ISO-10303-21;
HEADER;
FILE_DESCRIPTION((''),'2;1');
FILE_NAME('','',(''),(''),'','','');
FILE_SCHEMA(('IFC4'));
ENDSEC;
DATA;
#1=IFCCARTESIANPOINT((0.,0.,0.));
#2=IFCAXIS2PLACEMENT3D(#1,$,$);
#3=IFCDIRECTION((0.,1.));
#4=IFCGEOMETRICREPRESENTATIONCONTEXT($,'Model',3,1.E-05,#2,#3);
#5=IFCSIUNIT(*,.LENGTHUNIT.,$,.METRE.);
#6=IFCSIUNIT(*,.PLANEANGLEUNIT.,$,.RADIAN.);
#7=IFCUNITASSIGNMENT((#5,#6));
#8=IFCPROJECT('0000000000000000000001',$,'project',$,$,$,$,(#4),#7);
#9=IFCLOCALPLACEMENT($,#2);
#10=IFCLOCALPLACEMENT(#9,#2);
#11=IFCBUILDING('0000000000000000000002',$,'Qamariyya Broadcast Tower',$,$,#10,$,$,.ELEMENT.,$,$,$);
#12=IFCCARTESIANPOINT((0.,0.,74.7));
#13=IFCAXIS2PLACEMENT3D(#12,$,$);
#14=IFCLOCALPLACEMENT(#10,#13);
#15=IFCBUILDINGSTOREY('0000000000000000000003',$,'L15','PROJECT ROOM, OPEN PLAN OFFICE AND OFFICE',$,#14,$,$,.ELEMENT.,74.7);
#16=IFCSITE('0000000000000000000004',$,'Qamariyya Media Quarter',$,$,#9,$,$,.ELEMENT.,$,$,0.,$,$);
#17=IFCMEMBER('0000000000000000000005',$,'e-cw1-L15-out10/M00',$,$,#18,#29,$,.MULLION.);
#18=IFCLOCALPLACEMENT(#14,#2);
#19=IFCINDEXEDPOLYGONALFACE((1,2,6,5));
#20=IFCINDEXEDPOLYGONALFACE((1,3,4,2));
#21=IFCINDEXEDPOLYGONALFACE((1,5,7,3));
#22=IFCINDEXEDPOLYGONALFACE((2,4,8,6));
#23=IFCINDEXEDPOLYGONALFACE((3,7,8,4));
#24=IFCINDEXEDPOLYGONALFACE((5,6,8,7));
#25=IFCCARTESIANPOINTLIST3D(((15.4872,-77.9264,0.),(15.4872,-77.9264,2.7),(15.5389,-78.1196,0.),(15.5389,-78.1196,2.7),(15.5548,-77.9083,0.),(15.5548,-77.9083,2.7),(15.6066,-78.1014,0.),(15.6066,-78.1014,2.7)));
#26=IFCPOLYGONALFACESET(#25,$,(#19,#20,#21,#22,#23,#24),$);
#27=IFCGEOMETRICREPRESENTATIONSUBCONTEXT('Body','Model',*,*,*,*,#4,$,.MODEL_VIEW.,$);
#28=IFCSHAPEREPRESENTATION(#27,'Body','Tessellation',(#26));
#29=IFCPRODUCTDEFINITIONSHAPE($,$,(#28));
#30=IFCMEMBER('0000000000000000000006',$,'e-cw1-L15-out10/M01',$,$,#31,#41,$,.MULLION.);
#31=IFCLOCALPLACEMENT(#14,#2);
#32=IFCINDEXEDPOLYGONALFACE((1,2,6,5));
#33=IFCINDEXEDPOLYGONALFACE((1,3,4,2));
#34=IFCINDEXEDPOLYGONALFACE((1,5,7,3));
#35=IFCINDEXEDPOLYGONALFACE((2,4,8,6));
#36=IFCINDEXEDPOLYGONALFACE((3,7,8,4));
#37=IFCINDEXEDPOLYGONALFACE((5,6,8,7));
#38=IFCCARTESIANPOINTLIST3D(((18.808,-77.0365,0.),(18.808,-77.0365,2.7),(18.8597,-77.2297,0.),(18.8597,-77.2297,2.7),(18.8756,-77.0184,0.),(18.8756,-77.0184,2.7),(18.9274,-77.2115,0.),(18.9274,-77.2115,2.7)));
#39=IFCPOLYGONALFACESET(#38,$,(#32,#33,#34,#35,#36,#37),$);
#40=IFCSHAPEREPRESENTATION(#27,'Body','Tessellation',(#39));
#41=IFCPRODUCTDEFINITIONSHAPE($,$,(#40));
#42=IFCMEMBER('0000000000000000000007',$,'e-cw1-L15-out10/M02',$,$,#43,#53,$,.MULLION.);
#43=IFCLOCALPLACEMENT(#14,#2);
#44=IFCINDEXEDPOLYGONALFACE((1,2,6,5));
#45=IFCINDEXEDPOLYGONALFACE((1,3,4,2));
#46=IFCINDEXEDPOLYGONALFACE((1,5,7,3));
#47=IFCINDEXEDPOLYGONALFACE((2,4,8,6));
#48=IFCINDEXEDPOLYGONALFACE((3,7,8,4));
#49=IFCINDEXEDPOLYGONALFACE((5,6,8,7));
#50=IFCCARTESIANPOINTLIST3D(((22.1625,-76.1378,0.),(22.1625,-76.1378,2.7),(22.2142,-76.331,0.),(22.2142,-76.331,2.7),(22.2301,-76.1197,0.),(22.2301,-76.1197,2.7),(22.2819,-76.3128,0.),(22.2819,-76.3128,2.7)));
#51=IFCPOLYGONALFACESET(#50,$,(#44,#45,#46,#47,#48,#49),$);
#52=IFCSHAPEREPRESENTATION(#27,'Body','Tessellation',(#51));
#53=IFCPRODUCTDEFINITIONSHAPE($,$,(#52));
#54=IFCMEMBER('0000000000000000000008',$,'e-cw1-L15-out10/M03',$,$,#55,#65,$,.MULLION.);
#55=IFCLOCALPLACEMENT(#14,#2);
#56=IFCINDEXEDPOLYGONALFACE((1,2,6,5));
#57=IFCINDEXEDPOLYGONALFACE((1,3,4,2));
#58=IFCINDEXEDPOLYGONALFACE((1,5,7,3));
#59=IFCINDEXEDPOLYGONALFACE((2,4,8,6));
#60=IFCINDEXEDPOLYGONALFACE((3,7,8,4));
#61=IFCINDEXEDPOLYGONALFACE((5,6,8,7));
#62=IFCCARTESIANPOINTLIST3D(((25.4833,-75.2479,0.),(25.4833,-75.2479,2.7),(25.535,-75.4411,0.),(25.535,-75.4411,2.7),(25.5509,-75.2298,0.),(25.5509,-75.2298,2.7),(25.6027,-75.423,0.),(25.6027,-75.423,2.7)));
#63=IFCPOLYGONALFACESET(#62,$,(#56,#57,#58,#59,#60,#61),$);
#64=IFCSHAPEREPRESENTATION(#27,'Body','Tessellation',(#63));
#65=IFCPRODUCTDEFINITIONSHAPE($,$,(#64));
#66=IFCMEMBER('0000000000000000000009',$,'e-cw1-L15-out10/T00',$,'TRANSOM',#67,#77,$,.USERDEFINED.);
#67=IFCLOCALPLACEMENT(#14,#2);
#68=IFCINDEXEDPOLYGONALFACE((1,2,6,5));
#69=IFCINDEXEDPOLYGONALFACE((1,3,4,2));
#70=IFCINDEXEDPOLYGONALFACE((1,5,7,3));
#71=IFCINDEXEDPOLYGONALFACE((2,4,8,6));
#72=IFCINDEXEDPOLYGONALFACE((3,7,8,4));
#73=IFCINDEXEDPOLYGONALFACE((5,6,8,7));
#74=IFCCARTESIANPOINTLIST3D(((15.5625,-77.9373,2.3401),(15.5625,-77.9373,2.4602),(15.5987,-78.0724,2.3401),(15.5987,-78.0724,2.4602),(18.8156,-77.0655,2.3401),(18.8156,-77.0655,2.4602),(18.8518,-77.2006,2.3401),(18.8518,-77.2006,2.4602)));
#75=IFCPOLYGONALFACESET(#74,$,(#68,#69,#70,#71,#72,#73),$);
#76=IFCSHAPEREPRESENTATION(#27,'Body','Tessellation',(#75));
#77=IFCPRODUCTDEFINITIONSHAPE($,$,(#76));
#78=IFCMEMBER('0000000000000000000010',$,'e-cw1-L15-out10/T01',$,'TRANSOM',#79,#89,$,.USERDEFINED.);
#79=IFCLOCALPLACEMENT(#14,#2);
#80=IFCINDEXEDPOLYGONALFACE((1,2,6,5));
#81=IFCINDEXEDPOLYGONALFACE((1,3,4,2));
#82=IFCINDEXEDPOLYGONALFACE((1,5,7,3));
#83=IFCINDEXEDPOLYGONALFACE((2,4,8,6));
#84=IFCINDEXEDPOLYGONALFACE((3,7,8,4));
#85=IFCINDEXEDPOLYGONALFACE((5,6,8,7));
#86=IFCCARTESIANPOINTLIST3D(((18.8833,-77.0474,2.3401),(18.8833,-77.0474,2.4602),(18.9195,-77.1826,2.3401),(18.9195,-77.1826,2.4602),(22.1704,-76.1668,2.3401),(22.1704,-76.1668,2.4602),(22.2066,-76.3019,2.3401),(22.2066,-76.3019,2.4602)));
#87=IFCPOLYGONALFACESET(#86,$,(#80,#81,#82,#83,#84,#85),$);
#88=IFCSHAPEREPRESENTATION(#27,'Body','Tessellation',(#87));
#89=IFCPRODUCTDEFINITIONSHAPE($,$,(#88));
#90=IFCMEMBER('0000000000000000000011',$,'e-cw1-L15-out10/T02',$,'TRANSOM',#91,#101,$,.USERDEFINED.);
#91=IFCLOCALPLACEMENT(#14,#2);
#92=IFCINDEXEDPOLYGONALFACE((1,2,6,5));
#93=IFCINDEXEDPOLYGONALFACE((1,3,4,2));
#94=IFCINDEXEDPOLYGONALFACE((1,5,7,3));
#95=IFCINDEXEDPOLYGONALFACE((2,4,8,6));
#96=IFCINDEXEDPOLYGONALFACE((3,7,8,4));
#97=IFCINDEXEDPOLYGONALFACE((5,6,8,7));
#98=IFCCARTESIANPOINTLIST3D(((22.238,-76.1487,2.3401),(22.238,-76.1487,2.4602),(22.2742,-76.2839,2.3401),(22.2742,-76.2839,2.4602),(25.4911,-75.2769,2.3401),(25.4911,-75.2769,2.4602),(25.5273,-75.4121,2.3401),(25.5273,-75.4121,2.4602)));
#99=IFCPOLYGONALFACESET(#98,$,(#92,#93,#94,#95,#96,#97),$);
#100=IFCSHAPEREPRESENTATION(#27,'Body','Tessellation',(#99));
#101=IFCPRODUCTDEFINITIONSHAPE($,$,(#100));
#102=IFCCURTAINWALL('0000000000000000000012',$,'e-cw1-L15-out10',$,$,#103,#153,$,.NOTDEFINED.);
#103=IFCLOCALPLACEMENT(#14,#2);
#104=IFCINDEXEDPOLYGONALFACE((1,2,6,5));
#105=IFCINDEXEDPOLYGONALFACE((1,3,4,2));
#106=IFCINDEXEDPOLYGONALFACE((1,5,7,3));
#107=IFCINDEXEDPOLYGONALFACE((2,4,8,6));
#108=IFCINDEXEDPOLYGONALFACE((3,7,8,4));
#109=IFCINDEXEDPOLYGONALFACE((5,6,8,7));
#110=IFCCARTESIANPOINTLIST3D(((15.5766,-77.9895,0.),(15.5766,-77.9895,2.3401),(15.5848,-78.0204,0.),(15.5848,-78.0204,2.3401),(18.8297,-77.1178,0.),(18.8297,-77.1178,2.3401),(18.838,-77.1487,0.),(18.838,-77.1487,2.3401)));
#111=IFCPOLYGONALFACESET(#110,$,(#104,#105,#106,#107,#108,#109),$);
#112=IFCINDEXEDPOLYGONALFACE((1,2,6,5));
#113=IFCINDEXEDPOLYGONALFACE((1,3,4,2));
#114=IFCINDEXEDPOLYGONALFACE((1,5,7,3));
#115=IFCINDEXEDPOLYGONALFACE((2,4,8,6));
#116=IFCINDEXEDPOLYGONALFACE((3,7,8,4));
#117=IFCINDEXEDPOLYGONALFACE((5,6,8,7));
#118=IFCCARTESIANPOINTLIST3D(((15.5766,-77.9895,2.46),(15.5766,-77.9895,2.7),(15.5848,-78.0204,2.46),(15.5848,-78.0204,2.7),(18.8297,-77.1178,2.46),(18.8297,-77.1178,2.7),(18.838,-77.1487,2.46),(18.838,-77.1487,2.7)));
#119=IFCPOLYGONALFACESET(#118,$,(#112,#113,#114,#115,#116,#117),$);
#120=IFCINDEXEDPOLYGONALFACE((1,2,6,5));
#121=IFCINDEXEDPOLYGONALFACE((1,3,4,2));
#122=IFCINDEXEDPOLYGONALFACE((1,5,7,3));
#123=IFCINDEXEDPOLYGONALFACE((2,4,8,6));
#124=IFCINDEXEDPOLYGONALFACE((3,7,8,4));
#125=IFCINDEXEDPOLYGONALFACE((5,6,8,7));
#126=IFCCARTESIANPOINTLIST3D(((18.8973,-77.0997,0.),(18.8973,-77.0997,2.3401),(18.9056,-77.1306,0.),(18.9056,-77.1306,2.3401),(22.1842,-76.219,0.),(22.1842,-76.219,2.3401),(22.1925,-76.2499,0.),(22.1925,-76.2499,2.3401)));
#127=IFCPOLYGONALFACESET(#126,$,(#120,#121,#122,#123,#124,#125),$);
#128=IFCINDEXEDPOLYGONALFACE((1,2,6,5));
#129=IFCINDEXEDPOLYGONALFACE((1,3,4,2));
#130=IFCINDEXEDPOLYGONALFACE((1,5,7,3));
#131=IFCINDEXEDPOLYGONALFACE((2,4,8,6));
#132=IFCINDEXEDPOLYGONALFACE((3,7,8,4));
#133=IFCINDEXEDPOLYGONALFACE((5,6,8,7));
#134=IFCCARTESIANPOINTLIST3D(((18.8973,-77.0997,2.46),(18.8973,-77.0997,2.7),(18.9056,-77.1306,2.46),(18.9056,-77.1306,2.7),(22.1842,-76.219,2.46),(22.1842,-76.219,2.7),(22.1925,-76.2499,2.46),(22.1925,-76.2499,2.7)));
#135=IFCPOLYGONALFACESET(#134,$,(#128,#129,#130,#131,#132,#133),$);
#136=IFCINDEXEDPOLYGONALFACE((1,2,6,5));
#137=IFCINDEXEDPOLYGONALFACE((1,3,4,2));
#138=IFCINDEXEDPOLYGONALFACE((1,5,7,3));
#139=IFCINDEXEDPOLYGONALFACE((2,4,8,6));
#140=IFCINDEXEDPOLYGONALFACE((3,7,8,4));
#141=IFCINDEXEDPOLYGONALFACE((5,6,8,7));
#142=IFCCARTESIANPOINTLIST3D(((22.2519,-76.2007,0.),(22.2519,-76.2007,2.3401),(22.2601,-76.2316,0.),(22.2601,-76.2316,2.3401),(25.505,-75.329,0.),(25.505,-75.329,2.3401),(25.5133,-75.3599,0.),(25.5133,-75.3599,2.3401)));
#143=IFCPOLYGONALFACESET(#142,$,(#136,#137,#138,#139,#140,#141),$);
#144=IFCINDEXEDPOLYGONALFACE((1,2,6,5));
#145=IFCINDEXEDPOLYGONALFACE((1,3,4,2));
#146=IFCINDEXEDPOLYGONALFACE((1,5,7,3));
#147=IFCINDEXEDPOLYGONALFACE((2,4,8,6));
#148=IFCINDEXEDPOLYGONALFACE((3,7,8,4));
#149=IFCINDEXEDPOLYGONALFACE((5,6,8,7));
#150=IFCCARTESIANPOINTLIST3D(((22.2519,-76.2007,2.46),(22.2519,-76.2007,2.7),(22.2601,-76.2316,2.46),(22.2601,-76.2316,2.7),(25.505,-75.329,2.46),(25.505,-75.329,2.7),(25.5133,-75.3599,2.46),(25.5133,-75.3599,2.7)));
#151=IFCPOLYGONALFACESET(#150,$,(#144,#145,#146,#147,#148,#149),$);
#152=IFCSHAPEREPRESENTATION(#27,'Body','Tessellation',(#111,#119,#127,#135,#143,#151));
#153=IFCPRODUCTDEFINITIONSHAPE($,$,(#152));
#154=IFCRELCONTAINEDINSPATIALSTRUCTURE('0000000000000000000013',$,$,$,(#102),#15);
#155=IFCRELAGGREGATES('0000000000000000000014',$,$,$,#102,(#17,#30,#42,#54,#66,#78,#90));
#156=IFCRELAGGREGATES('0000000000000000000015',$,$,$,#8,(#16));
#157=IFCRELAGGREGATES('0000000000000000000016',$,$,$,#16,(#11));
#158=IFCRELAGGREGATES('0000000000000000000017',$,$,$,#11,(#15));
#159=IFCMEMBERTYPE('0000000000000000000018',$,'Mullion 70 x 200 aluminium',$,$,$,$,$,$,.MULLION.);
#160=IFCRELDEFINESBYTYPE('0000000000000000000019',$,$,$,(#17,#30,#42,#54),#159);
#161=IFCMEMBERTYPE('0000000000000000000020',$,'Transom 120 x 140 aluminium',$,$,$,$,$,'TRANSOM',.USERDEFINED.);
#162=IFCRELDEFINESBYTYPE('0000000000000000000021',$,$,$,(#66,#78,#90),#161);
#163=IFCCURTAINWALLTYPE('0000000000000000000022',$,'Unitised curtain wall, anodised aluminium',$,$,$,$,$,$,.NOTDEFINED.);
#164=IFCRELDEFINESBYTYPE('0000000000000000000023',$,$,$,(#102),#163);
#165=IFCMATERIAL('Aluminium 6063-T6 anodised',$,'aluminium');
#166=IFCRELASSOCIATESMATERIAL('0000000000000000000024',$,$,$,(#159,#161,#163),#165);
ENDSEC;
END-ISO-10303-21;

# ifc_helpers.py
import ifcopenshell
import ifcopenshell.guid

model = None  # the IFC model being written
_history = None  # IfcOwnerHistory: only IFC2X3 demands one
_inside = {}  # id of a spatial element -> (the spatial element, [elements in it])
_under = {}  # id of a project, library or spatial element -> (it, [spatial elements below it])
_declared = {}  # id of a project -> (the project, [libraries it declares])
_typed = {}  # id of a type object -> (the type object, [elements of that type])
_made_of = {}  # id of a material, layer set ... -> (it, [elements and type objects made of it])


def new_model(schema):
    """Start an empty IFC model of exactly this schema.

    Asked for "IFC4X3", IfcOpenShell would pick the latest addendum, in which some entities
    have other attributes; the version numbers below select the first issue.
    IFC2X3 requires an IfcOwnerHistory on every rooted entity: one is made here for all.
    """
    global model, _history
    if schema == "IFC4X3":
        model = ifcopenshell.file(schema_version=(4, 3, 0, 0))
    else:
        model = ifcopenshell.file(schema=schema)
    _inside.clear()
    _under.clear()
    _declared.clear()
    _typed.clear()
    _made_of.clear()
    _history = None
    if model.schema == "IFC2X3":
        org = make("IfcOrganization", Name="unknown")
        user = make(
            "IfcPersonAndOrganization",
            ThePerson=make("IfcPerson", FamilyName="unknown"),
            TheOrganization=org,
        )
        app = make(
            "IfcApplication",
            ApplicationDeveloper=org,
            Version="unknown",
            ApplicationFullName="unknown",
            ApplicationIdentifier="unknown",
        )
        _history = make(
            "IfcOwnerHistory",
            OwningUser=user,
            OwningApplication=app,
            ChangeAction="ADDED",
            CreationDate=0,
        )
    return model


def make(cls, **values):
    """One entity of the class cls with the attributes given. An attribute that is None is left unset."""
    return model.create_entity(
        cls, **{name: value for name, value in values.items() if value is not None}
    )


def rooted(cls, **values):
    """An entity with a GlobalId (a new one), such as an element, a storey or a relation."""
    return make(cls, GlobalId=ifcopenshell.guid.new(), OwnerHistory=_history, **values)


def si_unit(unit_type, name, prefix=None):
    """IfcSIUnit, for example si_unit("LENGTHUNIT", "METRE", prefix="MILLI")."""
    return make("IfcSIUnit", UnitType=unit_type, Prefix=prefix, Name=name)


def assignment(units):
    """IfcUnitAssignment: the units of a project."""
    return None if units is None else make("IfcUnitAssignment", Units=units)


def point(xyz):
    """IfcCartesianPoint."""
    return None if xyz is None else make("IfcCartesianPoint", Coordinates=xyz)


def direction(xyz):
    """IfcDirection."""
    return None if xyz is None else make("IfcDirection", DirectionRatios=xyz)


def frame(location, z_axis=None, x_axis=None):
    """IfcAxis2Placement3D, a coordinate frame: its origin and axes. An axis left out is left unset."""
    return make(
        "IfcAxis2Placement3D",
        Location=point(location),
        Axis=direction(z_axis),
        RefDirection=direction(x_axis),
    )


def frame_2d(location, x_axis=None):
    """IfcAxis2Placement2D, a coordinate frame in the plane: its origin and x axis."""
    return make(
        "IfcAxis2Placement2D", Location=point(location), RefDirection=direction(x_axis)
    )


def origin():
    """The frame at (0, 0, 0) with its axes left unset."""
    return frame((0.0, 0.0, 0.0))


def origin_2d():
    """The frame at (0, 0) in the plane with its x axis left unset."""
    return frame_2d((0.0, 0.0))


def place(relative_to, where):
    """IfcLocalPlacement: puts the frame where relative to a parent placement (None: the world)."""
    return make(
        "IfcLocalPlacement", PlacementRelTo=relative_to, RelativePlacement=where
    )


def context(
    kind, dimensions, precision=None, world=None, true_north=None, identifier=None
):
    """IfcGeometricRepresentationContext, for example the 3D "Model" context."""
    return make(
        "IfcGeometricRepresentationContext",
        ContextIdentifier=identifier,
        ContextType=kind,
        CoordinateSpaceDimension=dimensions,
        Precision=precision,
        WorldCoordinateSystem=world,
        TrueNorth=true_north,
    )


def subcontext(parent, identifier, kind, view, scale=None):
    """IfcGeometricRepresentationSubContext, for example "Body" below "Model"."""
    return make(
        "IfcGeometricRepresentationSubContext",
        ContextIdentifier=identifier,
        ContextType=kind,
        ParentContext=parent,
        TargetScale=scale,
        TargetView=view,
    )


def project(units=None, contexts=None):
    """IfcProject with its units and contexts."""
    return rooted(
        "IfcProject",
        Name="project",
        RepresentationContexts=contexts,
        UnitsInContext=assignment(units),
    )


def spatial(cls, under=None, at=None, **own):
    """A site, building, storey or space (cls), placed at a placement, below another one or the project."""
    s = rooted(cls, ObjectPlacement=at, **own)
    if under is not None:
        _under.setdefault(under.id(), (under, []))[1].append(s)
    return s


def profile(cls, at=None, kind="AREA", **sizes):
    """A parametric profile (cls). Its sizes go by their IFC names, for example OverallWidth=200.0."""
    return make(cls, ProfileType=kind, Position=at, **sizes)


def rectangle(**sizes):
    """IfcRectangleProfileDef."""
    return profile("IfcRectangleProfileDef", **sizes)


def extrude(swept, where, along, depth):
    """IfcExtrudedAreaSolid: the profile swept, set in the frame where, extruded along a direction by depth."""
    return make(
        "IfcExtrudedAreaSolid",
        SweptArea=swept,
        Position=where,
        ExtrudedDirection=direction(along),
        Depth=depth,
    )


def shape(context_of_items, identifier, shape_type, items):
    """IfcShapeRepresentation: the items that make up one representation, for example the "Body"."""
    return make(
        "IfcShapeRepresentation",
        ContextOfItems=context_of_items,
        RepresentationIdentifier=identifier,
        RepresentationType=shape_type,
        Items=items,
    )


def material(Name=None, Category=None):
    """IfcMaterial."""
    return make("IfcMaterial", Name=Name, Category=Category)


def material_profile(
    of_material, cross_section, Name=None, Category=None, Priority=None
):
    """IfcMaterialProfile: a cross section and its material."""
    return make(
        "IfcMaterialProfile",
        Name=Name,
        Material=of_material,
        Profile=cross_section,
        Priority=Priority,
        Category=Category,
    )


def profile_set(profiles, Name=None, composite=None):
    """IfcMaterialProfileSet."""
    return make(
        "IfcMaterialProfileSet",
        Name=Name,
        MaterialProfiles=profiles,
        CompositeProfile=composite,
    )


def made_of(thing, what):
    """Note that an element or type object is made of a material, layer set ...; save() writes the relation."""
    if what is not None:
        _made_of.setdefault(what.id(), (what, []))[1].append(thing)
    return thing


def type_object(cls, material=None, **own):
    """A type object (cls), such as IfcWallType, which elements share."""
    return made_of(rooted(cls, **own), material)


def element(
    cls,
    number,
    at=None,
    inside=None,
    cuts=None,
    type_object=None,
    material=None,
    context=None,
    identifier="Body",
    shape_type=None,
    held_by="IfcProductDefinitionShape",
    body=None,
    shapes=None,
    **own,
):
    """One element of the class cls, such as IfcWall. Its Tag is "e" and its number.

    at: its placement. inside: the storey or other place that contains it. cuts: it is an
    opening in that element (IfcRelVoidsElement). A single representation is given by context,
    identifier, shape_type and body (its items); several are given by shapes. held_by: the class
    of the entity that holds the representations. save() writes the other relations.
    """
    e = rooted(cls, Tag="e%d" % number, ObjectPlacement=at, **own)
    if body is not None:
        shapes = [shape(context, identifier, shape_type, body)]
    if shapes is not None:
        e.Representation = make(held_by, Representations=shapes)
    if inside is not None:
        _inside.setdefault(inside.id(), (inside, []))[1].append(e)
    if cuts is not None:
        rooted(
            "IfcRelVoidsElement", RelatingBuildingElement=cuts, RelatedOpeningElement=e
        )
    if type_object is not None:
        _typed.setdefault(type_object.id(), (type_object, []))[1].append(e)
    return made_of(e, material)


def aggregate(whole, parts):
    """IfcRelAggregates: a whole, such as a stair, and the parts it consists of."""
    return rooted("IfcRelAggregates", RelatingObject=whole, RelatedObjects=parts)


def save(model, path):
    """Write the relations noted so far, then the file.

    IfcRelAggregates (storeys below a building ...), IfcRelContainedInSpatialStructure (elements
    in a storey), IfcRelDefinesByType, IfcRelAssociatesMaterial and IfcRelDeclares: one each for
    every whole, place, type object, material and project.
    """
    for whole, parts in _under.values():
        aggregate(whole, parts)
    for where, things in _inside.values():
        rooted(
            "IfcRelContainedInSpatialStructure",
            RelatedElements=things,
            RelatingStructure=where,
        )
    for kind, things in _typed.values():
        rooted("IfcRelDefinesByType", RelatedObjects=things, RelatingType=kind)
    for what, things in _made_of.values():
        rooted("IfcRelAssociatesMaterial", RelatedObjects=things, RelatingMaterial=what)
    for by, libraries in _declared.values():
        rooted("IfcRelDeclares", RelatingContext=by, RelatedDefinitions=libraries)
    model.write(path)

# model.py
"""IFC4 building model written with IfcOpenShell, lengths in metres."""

from ifc_helpers import new_model, si_unit, direction, frame, origin, origin_2d, place, context, subcontext, project, spatial, rectangle, extrude, material, material_profile, profile_set, type_object, element, aggregate, save


model = new_model("IFC4")

# Units and contexts
model_context = context("Model", 3, precision=1e-05, world=origin(), true_north=direction((0.0, 1.0)))
body_context = subcontext(model_context, "Body", "Model", "MODEL_VIEW")
ifc_project = project(units=[si_unit("LENGTHUNIT", "METRE"), si_unit("PLANEANGLEUNIT", "RADIAN")], contexts=[model_context])

# Members
ifc_material = material(Name="Aluminium 6063-T6 anodised", Category="aluminium")
ifc_material_profile_1 = material_profile(ifc_material, rectangle(XDim=0.2, YDim=0.0701, at=origin_2d()))
ifc_profile_set_1 = profile_set([ifc_material_profile_1], Name="Aluminium 6063-T6 anodised")
member_type_1 = type_object("IfcMemberType", Name="Mullion 70 x 200 aluminium", PredefinedType="MULLION", material=ifc_profile_set_1)
site_placement = place(None, origin())
building_placement = place(site_placement, origin())
storey_placement = place(building_placement, frame((0.0, 0.0, 74.7)))
member_1_placement = place(storey_placement, frame((15.5469, -78.0139, 0.0), z_axis=(0.0, 0.0, 1.0), x_axis=(-0.258819, 0.965926, 0.0)))
member_1 = element("IfcMember", 1, at=member_1_placement, type_object=member_type_1, Name="e-cw1-L15-out10/M00", PredefinedType="MULLION", context=body_context, shape_type="SweptSolid", body=[
    extrude(rectangle(XDim=0.2, YDim=0.0701, at=origin_2d()), origin(), (0.0, 0.0, 1.0), 2.7),
])
member_2_placement = place(storey_placement, frame((18.8677, -77.124, 0.0), z_axis=(0.0, 0.0, 1.0), x_axis=(-0.258819, 0.965926, 0.0)))
member_2 = element("IfcMember", 2, at=member_2_placement, type_object=member_type_1, Name="e-cw1-L15-out10/M01", PredefinedType="MULLION", context=body_context, shape_type="SweptSolid", body=[
    extrude(rectangle(XDim=0.2, YDim=0.0701, at=origin_2d()), origin(), (0.0, 0.0, 1.0), 2.7),
])
member_3_placement = place(storey_placement, frame((22.2222, -76.2253, 0.0), z_axis=(0.0, 0.0, 1.0), x_axis=(-0.258819, 0.965926, 0.0)))
member_3 = element("IfcMember", 3, at=member_3_placement, type_object=member_type_1, Name="e-cw1-L15-out10/M02", PredefinedType="MULLION", context=body_context, shape_type="SweptSolid", body=[
    extrude(rectangle(XDim=0.2, YDim=0.0701, at=origin_2d()), origin(), (0.0, 0.0, 1.0), 2.7),
])
member_4_placement = place(storey_placement, frame((25.543, -75.3354, 0.0), z_axis=(0.0, 0.0, 1.0), x_axis=(-0.258819, 0.965926, 0.0)))
member_4 = element("IfcMember", 4, at=member_4_placement, type_object=member_type_1, Name="e-cw1-L15-out10/M03", PredefinedType="MULLION", context=body_context, shape_type="SweptSolid", body=[
    extrude(rectangle(XDim=0.2, YDim=0.0701, at=origin_2d()), origin(), (0.0, 0.0, 1.0), 2.7),
])
ifc_material_profile_2 = material_profile(ifc_material, rectangle(XDim=0.1399, YDim=0.1201, at=origin_2d()))
ifc_profile_set_2 = profile_set([ifc_material_profile_2], Name="Aluminium 6063-T6 anodised")
member_type_2 = type_object("IfcMemberType", Name="Transom 120 x 140 aluminium", ElementType="TRANSOM", PredefinedType="USERDEFINED", material=ifc_profile_set_2)
member_5_placement = place(storey_placement, frame((15.5806, -78.0049, 2.4001), z_axis=(0.965915, 0.258858, 0.0), x_axis=(-0.258858, 0.965915, 0.0)))
member_5 = element("IfcMember", 5, at=member_5_placement, type_object=member_type_2, Name="e-cw1-L15-out10/T00", ObjectType="TRANSOM", PredefinedType="USERDEFINED", context=body_context, shape_type="SweptSolid", body=[
    extrude(rectangle(XDim=0.1399, YDim=0.1201, at=origin_2d()), origin(), (0.0, 0.0, 1.0), 3.3679),
])
member_6_placement = place(storey_placement, frame((18.9014, -77.115, 2.4001), z_axis=(0.965938, 0.258774, 0.0), x_axis=(-0.258774, 0.965938, 0.0)))
member_6 = element("IfcMember", 6, at=member_6_placement, type_object=member_type_2, Name="e-cw1-L15-out10/T01", ObjectType="TRANSOM", PredefinedType="USERDEFINED", context=body_context, shape_type="SweptSolid", body=[
    extrude(rectangle(XDim=0.1399, YDim=0.1201, at=origin_2d()), origin(), (0.0, 0.0, 1.0), 3.4031),
])
member_7_placement = place(storey_placement, frame((22.2561, -76.2163, 2.4001), z_axis=(0.965915, 0.258858, 0.0), x_axis=(-0.258858, 0.965915, 0.0)))
member_7 = element("IfcMember", 7, at=member_7_placement, type_object=member_type_2, Name="e-cw1-L15-out10/T02", ObjectType="TRANSOM", PredefinedType="USERDEFINED", context=body_context, shape_type="SweptSolid", body=[
    extrude(rectangle(XDim=0.1399, YDim=0.1201, at=origin_2d()), origin(), (0.0, 0.0, 1.0), 3.3679),
])

# Site, building, storey
site = spatial("IfcSite", under=ifc_project, at=site_placement, Name="Qamariyya Media Quarter", CompositionType="ELEMENT", RefElevation=0.0)
building = spatial("IfcBuilding", under=site, at=building_placement, Name="Qamariyya Broadcast Tower", CompositionType="ELEMENT")
storey = spatial("IfcBuildingStorey", under=building, at=storey_placement, Name="L15", Description="PROJECT ROOM, OPEN PLAN OFFICE AND OFFICE", CompositionType="ELEMENT", Elevation=74.7)

# Curtain wall
curtain_wall_type = type_object("IfcCurtainWallType", Name="Unitised curtain wall, anodised aluminium", PredefinedType="NOTDEFINED", material=ifc_material)
curtain_wall_1_placement = place(storey_placement, origin())
curtain_wall_1 = element("IfcCurtainWall", 8, at=curtain_wall_1_placement, inside=storey, type_object=curtain_wall_type, Name="e-cw1-L15-out10", PredefinedType="NOTDEFINED", context=body_context, shape_type="SweptSolid", body=[
    extrude(rectangle(XDim=3.3679, YDim=0.032, at=origin_2d()), frame((17.2073, -77.5691, 0.0), x_axis=(0.965925, 0.258822, 0.0)), (0.0, 0.0, 1.0), 2.3401),
    extrude(rectangle(XDim=3.3679, YDim=0.032, at=origin_2d()), frame((17.2073, -77.5691, 2.46), x_axis=(0.965925, 0.258822, 0.0)), (0.0, 0.0, 1.0), 0.24),
    extrude(rectangle(XDim=3.4028, YDim=0.032, at=origin_2d()), frame((20.5449, -76.6748, 0.0), x_axis=(0.965925, 0.258822, 0.0)), (0.0, 0.0, 1.0), 2.3401),
    extrude(rectangle(XDim=3.4028, YDim=0.032, at=origin_2d()), frame((20.5449, -76.6748, 2.46), x_axis=(0.965925, 0.258822, 0.0)), (0.0, 0.0, 1.0), 0.24),
    extrude(rectangle(XDim=3.3679, YDim=0.032, at=origin_2d()), frame((23.8826, -75.7803, 0.0), x_axis=(0.965925, 0.258822, 0.0)), (0.0, 0.0, 1.0), 2.3401),
    extrude(rectangle(XDim=3.3679, YDim=0.032, at=origin_2d()), frame((23.8826, -75.7803, 2.46), x_axis=(0.965925, 0.258822, 0.0)), (0.0, 0.0, 1.0), 0.24),
])
aggregate(curtain_wall_1, [member_1, member_2, member_3, member_4, member_5, member_6, member_7])

save(model, "model.ifc")
